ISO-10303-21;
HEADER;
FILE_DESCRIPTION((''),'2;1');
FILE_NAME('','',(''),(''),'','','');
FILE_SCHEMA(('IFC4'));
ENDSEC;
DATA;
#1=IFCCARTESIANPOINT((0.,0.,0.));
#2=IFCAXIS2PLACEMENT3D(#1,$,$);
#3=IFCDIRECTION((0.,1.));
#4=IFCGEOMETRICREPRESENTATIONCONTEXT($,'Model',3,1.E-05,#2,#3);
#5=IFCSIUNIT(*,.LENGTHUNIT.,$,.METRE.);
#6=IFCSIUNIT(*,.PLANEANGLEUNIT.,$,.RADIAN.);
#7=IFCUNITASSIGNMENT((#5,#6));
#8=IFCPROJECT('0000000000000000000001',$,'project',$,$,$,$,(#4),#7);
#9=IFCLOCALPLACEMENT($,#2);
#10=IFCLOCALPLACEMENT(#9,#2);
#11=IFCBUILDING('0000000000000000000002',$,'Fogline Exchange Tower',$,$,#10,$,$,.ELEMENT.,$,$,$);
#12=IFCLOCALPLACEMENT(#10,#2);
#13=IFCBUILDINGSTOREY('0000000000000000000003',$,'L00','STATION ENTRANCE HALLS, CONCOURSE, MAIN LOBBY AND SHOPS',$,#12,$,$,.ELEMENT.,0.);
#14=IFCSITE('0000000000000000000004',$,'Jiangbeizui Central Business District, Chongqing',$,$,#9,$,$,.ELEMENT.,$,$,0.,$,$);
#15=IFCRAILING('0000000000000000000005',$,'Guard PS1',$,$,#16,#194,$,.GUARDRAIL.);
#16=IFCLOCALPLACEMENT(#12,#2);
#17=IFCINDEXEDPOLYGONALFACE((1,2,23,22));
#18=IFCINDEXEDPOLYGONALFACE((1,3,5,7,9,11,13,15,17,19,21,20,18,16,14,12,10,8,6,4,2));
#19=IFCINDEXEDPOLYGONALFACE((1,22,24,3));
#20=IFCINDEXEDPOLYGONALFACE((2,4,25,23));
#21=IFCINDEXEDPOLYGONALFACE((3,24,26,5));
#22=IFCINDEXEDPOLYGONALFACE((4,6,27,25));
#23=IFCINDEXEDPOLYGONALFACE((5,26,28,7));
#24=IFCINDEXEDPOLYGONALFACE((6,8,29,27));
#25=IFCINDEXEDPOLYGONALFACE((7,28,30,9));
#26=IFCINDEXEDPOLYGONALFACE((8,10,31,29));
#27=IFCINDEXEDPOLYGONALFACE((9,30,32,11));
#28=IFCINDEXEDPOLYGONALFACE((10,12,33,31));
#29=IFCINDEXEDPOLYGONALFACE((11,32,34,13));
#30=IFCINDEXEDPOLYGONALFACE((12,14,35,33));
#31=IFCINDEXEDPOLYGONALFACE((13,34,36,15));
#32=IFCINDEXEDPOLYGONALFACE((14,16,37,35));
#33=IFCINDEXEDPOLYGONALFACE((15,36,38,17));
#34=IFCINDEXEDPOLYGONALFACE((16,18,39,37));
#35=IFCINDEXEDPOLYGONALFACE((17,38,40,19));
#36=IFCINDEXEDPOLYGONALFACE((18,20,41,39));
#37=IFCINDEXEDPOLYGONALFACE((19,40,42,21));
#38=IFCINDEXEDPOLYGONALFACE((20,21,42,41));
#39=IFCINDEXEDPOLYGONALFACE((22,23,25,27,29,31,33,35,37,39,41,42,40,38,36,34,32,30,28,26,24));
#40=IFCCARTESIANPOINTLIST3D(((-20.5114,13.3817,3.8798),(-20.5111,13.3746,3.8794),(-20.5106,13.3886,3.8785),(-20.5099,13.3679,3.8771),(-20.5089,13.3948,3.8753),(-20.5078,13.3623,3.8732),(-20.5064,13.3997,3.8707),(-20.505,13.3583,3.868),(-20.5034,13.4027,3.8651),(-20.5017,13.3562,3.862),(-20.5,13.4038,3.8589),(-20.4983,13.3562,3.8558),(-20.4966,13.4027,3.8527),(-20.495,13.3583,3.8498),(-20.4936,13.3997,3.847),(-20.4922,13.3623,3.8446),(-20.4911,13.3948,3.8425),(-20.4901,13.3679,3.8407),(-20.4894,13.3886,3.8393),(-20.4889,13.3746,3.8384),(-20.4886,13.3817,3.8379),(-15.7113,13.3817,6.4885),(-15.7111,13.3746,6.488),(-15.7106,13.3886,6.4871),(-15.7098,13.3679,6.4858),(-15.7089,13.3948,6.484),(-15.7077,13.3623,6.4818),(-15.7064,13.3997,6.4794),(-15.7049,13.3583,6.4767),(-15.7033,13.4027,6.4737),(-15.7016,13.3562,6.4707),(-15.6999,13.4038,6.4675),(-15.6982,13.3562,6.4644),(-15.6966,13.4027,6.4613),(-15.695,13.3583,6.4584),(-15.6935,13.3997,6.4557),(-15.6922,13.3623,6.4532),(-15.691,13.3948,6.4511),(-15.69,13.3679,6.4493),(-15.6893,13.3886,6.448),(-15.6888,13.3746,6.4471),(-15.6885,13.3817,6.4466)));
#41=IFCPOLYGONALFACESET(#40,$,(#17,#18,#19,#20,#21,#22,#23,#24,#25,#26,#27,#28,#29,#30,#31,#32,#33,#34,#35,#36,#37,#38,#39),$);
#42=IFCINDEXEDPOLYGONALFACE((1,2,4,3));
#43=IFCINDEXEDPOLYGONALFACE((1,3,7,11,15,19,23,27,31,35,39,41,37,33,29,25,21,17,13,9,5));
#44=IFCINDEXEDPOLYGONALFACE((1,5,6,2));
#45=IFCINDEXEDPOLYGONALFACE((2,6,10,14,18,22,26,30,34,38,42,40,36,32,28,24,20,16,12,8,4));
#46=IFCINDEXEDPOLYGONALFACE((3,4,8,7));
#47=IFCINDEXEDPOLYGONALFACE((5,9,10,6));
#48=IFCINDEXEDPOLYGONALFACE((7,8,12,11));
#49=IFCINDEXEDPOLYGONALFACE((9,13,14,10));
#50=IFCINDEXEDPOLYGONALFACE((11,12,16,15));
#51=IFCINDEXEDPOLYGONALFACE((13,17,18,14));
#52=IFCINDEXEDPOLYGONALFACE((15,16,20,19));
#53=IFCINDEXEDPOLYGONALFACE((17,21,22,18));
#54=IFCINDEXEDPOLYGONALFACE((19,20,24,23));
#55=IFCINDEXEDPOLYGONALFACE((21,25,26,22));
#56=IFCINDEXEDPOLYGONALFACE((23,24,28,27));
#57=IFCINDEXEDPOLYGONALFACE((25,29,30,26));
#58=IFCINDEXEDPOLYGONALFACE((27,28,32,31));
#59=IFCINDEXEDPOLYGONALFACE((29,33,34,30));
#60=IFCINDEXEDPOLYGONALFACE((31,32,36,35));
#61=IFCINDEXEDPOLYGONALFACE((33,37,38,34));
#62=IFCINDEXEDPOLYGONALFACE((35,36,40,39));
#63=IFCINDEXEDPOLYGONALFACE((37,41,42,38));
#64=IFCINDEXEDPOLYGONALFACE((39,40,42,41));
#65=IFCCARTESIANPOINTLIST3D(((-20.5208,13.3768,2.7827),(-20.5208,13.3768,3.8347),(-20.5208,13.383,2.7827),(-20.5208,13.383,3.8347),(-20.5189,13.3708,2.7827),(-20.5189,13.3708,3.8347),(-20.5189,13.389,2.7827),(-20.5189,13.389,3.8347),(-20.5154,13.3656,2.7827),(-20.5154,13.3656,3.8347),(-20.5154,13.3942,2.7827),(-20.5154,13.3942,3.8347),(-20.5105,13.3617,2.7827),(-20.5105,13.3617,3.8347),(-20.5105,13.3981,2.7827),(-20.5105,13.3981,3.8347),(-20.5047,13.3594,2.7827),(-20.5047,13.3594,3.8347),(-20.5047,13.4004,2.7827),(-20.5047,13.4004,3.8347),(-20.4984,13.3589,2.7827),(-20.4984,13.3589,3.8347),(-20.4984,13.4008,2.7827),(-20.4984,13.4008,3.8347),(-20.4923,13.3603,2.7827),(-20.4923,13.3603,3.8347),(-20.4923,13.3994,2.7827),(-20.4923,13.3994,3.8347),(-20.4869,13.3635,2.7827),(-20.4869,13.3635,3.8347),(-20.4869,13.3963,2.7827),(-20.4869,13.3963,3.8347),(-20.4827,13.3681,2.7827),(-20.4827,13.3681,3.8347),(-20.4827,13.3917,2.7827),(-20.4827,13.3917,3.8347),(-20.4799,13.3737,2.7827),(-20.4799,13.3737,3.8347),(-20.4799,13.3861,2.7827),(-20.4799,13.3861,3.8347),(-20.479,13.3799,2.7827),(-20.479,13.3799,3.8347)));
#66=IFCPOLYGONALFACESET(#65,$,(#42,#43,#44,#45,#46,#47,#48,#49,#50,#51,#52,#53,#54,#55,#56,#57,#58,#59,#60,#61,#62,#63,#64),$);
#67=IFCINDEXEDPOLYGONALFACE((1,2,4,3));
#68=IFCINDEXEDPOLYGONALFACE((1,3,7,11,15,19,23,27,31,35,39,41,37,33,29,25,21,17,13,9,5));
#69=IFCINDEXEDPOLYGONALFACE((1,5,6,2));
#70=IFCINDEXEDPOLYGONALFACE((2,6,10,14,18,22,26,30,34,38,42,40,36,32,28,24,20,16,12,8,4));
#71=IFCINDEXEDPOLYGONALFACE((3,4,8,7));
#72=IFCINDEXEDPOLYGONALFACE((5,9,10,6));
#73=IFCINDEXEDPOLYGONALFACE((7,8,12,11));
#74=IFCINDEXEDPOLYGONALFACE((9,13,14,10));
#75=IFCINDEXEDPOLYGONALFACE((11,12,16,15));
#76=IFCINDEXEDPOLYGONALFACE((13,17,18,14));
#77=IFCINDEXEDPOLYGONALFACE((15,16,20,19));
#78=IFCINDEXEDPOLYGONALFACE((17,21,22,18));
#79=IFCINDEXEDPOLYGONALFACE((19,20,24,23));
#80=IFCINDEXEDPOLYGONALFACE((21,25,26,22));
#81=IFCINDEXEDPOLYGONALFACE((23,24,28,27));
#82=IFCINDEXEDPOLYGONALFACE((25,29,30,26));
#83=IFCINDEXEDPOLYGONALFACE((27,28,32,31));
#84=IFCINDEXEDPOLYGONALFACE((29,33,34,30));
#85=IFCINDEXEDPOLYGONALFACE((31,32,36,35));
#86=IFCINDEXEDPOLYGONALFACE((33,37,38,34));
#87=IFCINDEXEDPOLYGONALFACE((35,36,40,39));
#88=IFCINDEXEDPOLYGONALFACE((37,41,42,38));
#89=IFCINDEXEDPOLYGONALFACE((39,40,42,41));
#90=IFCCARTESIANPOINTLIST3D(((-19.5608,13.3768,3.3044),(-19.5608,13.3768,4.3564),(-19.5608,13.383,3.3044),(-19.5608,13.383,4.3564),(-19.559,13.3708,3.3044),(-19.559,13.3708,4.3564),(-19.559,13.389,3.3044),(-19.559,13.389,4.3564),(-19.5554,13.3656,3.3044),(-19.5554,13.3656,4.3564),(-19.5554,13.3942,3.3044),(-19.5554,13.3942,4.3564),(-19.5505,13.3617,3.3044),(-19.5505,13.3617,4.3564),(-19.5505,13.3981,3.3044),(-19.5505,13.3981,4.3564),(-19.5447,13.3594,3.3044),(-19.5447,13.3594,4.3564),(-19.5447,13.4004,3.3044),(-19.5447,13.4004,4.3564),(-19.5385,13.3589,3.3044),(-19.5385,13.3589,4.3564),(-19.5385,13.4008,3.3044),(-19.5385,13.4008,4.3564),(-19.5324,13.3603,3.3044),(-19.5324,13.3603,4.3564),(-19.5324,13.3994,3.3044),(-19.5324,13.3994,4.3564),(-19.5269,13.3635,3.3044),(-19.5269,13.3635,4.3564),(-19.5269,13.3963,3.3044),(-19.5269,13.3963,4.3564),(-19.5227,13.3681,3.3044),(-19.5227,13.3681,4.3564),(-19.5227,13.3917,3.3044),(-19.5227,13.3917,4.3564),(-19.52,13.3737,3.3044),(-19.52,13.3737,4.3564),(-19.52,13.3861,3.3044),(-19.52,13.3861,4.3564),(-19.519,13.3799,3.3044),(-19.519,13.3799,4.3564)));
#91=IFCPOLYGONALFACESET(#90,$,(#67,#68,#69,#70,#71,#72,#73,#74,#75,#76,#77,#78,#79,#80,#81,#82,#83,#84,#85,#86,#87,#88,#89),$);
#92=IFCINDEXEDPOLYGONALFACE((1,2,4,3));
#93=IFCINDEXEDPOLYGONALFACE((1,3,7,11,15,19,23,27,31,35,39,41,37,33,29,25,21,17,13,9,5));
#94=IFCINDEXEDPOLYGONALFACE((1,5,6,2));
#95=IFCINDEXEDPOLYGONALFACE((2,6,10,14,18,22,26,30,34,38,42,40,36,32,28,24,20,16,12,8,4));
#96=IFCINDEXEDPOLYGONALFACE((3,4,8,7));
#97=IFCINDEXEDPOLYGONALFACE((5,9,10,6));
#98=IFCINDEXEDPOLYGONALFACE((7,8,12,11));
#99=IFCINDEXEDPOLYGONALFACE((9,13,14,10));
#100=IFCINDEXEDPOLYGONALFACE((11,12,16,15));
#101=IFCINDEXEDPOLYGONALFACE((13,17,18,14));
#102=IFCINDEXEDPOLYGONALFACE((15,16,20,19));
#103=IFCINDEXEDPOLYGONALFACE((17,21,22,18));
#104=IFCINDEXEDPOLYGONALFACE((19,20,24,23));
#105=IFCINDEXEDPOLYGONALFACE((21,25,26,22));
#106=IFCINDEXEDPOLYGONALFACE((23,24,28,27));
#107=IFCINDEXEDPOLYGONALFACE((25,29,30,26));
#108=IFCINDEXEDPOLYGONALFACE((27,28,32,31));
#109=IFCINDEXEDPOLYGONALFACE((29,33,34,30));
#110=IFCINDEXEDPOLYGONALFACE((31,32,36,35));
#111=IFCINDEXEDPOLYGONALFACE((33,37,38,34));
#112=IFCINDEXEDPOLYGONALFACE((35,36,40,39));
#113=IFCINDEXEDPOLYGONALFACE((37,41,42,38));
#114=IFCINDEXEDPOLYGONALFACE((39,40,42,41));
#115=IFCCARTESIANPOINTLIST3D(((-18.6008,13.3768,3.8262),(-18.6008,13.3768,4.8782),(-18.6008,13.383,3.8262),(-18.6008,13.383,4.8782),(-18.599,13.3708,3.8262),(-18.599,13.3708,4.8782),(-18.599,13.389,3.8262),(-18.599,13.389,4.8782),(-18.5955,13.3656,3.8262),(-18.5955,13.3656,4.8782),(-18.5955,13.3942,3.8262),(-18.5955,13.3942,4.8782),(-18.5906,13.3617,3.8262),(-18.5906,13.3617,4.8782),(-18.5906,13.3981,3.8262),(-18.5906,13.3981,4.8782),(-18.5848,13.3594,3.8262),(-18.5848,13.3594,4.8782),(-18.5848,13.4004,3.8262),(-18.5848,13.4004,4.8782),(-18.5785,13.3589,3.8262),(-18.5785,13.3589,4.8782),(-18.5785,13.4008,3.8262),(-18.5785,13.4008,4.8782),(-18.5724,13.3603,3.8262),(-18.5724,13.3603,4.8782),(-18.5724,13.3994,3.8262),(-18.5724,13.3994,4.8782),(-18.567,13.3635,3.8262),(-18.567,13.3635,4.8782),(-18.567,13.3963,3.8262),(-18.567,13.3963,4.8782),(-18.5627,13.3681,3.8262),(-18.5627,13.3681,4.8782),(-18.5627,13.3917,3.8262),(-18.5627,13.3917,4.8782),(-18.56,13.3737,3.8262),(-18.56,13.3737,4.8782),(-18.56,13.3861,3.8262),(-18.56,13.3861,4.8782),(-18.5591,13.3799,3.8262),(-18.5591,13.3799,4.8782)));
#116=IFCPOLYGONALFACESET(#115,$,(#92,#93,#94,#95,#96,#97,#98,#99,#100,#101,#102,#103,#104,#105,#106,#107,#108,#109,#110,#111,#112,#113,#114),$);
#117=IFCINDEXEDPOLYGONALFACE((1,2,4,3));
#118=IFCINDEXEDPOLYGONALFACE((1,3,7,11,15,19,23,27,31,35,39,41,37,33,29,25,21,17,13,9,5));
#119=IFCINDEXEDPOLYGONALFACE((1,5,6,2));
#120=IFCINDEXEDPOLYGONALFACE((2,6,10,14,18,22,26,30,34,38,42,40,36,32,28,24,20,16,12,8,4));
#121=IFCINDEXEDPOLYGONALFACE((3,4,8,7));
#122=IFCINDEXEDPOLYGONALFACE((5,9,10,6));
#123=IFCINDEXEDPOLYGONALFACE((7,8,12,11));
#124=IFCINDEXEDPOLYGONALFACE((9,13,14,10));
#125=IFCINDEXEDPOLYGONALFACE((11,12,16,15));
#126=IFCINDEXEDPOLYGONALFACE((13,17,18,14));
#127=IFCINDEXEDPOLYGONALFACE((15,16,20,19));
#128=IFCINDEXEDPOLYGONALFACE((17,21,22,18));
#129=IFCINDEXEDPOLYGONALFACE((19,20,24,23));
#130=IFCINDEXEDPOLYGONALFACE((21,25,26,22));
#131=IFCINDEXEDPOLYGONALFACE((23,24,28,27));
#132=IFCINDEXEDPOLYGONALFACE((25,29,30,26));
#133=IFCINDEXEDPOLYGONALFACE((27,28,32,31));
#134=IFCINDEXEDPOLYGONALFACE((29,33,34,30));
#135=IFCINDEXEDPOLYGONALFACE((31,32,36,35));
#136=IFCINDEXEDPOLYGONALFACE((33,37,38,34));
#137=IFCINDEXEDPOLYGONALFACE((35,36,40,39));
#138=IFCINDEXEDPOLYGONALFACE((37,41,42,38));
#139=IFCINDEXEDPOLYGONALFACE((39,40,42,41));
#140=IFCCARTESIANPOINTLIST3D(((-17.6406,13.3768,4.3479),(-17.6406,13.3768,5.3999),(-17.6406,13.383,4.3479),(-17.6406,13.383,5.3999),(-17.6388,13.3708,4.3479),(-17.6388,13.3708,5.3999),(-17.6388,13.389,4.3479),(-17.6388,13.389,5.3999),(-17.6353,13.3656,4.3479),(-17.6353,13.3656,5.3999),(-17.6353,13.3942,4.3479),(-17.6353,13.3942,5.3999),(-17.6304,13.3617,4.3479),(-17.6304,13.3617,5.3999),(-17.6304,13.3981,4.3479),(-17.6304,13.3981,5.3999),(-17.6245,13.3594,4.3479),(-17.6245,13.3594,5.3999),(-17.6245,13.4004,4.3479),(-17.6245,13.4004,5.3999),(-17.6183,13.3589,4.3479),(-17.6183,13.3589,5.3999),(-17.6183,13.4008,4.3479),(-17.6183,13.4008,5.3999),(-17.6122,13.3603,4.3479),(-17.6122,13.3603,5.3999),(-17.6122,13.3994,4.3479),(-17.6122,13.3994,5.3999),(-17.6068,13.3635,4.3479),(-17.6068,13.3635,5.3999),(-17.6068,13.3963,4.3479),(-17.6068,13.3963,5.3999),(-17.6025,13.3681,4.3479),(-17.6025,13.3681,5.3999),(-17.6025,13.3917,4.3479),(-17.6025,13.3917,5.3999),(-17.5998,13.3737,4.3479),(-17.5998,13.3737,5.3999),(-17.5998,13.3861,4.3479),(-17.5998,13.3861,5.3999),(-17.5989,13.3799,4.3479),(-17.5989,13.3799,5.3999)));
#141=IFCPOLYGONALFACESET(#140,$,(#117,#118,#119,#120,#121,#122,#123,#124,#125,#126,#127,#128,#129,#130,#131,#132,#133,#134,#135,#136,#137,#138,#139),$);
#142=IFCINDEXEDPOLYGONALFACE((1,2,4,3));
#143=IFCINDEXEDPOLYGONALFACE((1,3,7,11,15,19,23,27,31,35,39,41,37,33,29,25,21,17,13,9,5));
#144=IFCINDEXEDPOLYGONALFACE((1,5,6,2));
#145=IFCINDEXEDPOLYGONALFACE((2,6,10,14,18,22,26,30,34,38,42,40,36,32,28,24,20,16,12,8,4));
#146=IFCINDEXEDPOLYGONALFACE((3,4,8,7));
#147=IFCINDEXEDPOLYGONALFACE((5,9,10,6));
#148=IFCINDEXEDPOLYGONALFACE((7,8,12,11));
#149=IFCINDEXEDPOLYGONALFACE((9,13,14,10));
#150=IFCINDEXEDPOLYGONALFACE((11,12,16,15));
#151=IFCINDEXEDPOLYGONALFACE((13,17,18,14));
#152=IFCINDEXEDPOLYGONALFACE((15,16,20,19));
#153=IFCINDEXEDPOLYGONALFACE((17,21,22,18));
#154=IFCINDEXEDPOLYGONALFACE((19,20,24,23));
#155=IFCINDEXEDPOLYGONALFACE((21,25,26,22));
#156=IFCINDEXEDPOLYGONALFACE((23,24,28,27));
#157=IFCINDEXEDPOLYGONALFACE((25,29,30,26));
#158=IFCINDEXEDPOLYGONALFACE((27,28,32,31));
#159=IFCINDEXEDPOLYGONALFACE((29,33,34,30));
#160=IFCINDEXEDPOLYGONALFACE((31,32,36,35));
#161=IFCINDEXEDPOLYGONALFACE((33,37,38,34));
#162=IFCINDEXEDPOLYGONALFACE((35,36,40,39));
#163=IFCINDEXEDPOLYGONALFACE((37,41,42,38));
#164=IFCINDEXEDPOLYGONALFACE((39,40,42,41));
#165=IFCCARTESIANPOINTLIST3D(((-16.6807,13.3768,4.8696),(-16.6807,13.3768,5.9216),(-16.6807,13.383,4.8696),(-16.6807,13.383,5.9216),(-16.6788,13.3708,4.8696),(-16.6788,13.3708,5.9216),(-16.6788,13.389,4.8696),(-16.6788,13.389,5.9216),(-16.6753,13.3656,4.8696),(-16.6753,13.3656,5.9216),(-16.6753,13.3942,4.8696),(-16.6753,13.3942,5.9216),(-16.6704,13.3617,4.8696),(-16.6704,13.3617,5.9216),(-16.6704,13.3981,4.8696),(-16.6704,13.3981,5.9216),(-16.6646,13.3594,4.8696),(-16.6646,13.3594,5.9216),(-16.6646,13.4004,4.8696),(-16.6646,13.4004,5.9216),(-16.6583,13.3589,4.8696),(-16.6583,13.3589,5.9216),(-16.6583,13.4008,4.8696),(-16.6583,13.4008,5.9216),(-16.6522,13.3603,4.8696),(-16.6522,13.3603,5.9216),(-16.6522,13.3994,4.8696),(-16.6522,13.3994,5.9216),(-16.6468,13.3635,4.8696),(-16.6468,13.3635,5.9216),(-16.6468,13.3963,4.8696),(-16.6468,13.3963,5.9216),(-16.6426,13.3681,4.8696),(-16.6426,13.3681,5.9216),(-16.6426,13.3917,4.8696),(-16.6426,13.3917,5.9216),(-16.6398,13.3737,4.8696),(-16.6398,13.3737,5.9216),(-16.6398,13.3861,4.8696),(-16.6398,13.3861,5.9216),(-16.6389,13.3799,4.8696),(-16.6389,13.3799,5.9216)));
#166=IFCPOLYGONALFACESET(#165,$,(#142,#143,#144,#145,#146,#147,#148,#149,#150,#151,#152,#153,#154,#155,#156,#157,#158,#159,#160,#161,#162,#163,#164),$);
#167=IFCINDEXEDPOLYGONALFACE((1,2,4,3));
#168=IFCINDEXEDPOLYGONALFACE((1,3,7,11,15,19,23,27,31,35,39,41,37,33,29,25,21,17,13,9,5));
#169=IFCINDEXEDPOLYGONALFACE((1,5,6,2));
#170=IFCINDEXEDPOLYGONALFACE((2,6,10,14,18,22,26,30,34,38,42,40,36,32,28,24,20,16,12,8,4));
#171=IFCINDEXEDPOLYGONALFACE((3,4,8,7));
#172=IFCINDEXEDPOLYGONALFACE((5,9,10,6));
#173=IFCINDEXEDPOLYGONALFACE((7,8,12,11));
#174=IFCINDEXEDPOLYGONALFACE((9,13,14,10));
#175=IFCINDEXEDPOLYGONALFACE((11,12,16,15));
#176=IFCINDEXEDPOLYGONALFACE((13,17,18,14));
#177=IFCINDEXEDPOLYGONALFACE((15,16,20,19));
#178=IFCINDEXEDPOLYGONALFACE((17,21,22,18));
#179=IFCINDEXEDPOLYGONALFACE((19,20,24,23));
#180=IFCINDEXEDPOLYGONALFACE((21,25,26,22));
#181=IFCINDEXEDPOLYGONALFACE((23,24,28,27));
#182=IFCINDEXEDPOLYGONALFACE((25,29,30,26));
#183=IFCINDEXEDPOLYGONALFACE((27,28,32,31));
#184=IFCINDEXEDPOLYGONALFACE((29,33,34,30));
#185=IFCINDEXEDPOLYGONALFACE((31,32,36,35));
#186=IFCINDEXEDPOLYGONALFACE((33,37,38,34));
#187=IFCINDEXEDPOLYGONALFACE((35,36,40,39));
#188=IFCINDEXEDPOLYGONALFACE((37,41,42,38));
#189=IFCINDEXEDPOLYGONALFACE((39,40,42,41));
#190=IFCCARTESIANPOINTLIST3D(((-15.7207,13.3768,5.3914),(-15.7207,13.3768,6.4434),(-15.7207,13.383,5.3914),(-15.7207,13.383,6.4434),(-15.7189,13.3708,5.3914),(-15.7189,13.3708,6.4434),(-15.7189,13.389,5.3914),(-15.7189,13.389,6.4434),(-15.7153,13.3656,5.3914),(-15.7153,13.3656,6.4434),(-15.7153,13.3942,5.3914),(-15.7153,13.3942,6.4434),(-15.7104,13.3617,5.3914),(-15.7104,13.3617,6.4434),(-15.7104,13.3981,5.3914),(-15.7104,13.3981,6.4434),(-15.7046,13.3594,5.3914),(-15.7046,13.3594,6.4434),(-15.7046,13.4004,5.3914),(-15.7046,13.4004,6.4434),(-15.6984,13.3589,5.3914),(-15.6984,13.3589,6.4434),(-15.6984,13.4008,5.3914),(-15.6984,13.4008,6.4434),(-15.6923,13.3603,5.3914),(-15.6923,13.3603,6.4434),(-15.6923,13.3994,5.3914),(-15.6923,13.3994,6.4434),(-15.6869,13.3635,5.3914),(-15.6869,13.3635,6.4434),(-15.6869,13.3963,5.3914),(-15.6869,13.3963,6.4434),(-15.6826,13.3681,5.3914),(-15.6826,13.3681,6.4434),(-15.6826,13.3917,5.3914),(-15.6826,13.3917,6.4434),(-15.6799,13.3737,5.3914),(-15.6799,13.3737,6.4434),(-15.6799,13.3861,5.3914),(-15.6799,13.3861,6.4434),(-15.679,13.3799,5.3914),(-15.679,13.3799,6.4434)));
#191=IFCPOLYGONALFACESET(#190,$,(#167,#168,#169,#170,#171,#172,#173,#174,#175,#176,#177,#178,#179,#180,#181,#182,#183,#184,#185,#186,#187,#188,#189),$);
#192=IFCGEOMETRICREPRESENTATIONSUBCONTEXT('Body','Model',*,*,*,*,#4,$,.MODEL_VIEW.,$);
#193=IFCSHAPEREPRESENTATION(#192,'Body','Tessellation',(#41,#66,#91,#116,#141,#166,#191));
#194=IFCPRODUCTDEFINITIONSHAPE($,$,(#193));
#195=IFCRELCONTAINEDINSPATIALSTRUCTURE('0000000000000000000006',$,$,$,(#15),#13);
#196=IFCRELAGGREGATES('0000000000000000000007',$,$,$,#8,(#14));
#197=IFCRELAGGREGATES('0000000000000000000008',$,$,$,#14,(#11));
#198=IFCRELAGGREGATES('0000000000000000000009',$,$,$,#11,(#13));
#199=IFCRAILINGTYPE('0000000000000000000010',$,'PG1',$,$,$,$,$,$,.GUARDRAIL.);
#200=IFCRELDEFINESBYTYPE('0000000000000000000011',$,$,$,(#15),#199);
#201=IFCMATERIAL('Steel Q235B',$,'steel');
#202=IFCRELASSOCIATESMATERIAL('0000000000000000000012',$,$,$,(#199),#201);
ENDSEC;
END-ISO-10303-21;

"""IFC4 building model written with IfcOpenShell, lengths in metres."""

from ifc_helpers import new_model, si_unit, direction, frame, origin, origin_2d, place, context, subcontext, project, spatial, circle, extrude, material, type_object, element, save


model = new_model("IFC4")

# Units and contexts
model_context = context("Model", 3, precision=1e-05, world=origin(), true_north=direction((0.0, 1.0)))
body_context = subcontext(model_context, "Body", "Model", "MODEL_VIEW")
ifc_project = project(units=[si_unit("LENGTHUNIT", "METRE"), si_unit("PLANEANGLEUNIT", "RADIAN")], contexts=[model_context])

# Site, building, storey
site_placement = place(None, origin())
site = spatial("IfcSite", under=ifc_project, at=site_placement, Name="Jiangbeizui Central Business District, Chongqing", CompositionType="ELEMENT", RefElevation=0.0)
building_placement = place(site_placement, origin())
building = spatial("IfcBuilding", under=site, at=building_placement, Name="Fogline Exchange Tower", CompositionType="ELEMENT")
storey_placement = place(building_placement, origin())
storey = spatial("IfcBuildingStorey", under=building, at=storey_placement, Name="L00", Description="STATION ENTRANCE HALLS, CONCOURSE, MAIN LOBBY AND SHOPS", CompositionType="ELEMENT", Elevation=0.0)

# Shared definitions
ifc_material_1 = material(Name="Steel Q235B", Category="steel")

# Railing
railing_type_1 = type_object("IfcRailingType", Name="PG1", PredefinedType="GUARDRAIL", material=ifc_material_1)
railing_1_placement = place(storey_placement, frame((-20.5, 13.3799, 2.7827)))
element("IfcRailing", 1, at=railing_1_placement, inside=storey, type_object=railing_type_1, Name="Guard PS1", PredefinedType="GUARDRAIL", context=body_context, shape_type="SweptSolid", body=[
    extrude(circle(Radius=0.0239, at=origin_2d()), frame((0.0, 0.0, 1.0762), z_axis=(0.878631, 0.0, 0.477502), x_axis=(0.0, 1.0, 0.0)), (0.0, 0.0, 1.0), 5.4631),
    extrude(circle(Radius=0.021, at=origin_2d()), origin(), (0.0, 0.0, 1.0), 1.052),
    extrude(circle(Radius=0.021, at=origin_2d()), frame((0.96, 0.0, 0.5217)), (0.0, 0.0, 1.0), 1.052),
    extrude(circle(Radius=0.021, at=origin_2d()), frame((1.9199, 0.0, 1.0435)), (0.0, 0.0, 1.0), 1.052),
    extrude(circle(Radius=0.021, at=origin_2d()), frame((2.8801, 0.0, 1.5652)), (0.0, 0.0, 1.0), 1.052),
    extrude(circle(Radius=0.021, at=origin_2d()), frame((3.8401, 0.0, 2.0869)), (0.0, 0.0, 1.0), 1.052),
    extrude(circle(Radius=0.021, at=origin_2d()), frame((4.8, 0.0, 2.6086)), (0.0, 0.0, 1.0), 1.052),
])

save(model, "model.ifc")
